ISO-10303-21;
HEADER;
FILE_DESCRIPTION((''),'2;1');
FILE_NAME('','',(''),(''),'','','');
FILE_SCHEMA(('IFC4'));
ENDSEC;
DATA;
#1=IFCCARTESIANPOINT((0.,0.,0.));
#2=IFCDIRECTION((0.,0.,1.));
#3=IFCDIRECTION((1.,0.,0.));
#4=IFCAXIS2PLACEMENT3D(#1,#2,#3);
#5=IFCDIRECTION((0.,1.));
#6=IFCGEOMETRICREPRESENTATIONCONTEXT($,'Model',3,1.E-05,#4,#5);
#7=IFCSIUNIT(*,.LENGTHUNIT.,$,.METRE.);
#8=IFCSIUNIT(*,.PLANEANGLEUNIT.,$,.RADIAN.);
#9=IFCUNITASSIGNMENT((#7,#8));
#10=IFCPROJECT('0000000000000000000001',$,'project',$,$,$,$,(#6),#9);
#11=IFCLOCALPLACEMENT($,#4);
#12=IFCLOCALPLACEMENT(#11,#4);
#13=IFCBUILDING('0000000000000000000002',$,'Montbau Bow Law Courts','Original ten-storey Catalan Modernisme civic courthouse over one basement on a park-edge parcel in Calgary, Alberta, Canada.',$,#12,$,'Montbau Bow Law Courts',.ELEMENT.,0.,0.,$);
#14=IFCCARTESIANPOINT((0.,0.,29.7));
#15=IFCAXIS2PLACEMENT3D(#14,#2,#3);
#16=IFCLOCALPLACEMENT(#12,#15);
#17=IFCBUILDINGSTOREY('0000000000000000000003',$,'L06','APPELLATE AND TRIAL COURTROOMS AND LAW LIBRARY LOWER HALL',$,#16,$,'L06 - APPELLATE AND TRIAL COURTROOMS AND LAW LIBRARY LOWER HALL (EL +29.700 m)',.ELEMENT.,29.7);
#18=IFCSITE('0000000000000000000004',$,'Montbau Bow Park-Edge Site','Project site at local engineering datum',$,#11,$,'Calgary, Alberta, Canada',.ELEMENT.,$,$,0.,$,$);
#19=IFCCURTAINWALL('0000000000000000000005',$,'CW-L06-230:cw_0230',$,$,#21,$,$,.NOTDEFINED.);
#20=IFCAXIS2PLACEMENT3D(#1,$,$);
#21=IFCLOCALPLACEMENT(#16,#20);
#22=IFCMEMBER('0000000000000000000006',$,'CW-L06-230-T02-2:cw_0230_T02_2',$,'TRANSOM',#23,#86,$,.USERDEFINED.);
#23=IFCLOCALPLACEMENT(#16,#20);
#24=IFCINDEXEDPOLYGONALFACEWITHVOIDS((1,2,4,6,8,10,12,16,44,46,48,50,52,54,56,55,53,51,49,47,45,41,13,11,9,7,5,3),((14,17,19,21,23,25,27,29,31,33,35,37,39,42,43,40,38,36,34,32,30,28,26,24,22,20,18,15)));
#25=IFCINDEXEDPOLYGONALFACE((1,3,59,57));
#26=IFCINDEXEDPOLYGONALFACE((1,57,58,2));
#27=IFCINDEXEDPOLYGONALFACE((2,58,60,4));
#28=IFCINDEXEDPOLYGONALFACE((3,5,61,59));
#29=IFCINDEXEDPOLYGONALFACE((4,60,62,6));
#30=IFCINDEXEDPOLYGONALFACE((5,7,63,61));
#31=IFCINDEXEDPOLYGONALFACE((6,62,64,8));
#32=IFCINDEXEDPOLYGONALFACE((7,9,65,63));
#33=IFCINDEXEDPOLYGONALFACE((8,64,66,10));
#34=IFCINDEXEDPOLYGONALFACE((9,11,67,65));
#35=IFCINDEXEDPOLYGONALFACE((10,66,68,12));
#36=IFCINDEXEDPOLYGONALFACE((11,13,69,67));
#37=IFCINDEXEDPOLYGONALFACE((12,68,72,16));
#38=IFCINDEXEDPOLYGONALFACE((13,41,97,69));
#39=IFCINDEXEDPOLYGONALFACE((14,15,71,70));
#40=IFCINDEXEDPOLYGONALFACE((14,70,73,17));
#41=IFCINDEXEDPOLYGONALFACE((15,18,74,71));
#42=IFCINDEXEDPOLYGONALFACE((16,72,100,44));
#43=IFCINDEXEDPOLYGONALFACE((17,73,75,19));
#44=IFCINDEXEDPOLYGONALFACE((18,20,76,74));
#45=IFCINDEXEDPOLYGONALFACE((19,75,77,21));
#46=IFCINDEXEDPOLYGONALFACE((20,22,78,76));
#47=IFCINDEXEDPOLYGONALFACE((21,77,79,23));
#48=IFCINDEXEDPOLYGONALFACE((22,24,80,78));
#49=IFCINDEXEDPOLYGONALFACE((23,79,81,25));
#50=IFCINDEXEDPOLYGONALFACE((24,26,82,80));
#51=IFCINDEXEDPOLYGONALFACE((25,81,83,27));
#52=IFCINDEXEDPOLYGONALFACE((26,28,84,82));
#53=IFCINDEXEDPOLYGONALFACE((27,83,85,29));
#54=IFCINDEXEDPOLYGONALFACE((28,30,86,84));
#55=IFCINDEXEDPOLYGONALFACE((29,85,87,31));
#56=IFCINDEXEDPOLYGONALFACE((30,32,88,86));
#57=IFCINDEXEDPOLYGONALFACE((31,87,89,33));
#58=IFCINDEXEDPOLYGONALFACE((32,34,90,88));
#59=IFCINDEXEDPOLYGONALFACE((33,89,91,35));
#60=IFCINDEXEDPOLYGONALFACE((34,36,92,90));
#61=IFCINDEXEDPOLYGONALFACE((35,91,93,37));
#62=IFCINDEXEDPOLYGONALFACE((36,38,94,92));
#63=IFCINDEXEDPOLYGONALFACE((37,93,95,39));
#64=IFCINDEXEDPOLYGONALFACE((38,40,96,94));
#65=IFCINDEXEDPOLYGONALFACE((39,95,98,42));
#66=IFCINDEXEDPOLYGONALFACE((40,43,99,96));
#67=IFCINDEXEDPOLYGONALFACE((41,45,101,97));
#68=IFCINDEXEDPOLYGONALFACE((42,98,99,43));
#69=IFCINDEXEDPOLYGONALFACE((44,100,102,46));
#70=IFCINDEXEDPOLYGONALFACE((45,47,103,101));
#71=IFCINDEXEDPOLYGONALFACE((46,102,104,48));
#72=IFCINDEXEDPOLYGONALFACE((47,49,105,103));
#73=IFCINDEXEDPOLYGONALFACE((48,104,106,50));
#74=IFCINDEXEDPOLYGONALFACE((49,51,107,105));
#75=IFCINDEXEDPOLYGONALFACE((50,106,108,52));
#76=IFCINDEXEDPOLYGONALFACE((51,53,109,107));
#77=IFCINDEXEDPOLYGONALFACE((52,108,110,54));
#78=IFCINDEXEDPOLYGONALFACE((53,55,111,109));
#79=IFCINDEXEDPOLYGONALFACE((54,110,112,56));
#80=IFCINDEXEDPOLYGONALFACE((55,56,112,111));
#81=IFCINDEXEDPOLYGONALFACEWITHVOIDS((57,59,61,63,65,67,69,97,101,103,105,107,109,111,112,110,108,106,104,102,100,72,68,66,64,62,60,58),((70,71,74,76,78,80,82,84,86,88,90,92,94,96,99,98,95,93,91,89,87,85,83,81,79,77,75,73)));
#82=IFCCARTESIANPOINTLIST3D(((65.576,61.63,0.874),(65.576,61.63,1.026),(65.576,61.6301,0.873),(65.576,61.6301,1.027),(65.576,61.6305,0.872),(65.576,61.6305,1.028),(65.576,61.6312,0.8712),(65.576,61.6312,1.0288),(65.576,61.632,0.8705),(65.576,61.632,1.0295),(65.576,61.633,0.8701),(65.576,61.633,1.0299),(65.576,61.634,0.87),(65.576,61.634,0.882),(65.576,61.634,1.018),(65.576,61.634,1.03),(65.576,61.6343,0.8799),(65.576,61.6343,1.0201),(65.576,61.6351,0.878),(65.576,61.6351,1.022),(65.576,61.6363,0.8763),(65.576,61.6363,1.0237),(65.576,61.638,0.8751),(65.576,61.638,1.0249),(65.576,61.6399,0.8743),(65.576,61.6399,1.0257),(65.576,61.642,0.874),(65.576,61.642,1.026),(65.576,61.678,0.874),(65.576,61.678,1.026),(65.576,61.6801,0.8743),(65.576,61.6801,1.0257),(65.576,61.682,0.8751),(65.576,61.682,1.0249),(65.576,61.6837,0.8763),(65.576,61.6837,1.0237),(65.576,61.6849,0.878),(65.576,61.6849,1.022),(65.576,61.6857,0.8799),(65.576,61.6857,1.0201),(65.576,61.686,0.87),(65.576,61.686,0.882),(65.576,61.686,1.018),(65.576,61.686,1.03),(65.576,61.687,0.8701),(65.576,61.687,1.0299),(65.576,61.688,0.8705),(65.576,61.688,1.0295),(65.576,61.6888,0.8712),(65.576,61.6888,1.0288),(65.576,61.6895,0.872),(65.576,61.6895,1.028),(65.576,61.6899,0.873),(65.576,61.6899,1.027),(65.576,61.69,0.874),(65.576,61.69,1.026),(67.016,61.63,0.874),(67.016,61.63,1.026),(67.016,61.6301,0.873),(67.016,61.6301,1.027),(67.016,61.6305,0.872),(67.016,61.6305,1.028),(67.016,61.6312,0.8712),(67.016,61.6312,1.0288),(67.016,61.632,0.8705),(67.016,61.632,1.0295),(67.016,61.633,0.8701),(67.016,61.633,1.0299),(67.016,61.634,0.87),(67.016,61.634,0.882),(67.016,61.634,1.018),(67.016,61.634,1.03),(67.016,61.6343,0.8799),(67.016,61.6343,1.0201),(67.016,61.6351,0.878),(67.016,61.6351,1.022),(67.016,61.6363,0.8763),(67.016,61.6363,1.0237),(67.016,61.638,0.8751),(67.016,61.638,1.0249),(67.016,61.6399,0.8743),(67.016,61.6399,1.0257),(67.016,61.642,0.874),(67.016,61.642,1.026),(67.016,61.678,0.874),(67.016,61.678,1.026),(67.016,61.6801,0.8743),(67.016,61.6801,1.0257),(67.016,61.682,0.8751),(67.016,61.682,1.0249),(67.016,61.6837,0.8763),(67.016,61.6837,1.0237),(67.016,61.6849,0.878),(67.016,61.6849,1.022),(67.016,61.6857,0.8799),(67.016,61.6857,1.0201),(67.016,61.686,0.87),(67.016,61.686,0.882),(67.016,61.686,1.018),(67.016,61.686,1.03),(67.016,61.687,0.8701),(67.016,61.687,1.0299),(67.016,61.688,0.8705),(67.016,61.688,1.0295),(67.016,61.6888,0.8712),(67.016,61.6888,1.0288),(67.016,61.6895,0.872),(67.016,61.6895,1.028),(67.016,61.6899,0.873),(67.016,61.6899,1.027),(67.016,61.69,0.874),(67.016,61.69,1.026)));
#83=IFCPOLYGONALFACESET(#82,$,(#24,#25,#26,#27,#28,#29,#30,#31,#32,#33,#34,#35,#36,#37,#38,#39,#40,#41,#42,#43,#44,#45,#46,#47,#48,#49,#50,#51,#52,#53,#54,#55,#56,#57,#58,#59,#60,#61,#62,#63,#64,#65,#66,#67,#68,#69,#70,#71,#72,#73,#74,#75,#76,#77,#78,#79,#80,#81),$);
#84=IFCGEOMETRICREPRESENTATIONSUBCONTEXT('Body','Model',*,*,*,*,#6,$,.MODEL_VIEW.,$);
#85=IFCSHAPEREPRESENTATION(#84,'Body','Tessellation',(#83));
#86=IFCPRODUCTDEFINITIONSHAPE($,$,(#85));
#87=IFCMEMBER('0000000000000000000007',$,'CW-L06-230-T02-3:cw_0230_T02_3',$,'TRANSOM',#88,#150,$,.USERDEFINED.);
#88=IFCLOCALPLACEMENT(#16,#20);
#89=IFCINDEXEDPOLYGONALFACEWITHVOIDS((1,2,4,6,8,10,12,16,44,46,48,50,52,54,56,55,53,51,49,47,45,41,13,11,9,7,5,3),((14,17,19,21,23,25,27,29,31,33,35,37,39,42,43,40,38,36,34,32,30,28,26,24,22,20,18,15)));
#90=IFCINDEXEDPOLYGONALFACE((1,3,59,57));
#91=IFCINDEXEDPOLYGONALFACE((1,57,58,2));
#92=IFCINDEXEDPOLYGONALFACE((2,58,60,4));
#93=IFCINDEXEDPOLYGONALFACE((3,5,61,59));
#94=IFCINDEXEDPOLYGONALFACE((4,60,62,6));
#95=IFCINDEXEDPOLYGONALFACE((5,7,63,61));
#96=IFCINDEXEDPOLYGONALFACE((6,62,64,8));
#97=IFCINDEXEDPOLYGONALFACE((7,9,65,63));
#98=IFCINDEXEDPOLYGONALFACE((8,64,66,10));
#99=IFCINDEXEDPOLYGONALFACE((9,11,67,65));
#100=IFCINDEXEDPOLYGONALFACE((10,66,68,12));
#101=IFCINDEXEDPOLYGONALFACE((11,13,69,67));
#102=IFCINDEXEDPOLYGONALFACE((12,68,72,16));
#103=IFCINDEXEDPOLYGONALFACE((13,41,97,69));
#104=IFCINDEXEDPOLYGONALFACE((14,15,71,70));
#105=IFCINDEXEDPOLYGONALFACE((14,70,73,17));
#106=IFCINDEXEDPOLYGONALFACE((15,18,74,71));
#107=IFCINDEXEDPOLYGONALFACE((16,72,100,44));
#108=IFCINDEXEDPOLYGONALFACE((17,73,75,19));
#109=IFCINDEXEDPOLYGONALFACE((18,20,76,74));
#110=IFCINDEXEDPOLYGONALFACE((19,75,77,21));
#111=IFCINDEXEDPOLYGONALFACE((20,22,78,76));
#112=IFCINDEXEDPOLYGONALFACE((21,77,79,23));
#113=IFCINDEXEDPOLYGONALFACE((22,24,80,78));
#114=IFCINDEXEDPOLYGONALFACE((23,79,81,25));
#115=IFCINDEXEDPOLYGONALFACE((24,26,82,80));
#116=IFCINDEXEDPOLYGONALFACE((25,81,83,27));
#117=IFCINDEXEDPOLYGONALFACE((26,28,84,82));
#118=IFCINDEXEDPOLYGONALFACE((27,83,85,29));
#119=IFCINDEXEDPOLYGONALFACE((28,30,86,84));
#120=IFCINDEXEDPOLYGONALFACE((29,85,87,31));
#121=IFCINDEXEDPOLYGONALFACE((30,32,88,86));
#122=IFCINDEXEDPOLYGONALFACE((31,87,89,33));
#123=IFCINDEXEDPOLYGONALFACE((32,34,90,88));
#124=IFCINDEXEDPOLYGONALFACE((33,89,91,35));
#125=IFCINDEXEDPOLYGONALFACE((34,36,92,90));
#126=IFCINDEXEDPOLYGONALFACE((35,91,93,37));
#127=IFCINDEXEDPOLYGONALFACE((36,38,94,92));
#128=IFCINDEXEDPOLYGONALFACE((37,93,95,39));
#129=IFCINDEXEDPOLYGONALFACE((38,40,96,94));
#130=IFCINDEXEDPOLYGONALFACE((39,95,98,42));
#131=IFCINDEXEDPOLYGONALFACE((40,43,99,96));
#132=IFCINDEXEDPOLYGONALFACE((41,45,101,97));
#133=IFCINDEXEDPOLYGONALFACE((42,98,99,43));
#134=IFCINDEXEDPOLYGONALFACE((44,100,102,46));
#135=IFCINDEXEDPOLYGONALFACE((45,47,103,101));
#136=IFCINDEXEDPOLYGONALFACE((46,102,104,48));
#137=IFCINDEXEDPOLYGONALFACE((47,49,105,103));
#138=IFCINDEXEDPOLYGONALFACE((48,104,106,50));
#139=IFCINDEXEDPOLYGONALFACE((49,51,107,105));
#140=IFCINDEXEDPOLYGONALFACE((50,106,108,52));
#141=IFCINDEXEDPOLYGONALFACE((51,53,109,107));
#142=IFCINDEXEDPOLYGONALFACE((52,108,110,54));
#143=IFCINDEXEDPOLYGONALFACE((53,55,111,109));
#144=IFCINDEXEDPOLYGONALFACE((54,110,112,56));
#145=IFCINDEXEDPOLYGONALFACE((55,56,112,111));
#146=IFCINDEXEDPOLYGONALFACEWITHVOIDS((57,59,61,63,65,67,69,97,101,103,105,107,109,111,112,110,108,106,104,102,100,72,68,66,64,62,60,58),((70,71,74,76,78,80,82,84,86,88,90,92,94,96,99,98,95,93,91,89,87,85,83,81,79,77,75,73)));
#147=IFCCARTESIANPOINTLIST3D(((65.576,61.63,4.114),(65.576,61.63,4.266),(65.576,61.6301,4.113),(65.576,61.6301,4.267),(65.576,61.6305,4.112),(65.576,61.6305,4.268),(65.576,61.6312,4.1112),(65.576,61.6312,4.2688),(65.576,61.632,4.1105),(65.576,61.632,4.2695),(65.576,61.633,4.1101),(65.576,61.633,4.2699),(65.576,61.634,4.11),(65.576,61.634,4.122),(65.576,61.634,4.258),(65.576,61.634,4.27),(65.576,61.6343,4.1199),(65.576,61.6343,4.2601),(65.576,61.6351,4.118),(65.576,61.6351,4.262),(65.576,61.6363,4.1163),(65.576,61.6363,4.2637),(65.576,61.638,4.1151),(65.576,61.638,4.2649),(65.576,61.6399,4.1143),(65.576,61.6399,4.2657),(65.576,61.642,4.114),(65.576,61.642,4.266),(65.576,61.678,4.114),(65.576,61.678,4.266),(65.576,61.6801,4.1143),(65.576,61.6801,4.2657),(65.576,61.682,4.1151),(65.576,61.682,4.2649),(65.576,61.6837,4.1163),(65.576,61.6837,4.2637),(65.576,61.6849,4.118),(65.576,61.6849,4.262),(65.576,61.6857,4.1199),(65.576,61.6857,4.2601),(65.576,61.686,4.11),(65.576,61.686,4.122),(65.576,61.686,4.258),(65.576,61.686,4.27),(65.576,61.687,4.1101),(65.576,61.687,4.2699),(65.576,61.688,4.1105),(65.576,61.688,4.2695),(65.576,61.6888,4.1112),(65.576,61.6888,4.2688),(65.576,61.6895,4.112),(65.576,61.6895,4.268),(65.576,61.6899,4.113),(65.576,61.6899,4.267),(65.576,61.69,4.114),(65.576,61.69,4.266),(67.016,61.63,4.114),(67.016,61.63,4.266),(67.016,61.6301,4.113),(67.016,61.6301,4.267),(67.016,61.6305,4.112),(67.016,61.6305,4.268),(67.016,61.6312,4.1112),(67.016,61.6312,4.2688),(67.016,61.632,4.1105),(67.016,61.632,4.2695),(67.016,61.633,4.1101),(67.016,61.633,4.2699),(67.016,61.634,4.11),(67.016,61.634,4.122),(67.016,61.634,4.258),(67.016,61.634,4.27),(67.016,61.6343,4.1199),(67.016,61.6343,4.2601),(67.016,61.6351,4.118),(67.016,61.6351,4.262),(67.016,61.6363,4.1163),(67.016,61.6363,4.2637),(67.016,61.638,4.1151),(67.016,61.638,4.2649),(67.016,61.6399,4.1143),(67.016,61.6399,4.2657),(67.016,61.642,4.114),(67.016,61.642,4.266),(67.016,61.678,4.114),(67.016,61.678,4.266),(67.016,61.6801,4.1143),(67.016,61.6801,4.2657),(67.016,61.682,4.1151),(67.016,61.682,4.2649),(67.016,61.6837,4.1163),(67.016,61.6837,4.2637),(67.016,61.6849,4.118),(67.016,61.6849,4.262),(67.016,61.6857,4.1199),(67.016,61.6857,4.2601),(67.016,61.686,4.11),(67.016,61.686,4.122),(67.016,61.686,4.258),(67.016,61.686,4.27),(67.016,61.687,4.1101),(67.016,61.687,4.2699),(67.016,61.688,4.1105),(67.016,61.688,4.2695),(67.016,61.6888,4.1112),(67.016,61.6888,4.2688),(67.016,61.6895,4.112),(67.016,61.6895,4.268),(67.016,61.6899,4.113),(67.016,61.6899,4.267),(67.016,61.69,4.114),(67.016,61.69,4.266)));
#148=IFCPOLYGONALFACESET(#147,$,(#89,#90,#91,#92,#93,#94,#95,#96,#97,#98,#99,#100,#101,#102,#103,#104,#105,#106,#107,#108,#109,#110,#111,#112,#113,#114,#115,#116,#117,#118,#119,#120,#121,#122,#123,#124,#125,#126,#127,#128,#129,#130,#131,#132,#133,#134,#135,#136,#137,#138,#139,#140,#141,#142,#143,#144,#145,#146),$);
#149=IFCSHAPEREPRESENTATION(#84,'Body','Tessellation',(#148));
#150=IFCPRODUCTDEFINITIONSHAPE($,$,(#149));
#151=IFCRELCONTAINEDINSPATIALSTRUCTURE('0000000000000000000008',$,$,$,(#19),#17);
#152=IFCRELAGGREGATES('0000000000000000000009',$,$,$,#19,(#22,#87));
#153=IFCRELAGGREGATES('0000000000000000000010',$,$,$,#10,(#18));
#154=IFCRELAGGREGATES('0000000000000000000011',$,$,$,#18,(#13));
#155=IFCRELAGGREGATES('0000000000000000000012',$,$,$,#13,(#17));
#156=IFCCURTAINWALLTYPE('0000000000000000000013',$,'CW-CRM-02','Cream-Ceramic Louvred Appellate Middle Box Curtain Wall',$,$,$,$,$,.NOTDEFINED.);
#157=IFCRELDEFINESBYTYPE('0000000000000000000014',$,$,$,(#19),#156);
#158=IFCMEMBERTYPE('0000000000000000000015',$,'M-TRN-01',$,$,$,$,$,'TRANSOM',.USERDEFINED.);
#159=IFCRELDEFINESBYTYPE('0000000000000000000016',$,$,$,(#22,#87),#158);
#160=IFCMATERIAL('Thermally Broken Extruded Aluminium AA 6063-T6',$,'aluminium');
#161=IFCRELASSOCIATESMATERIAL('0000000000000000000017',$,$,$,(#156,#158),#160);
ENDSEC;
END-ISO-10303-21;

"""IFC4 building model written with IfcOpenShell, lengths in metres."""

from ifc_helpers import new_model, si_unit, direction, frame, origin_with_axes, origin_2d_with_axis, place, context, subcontext, project, spatial, hollow_rectangle, extrude, material, material_profile, profile_set, type_object, element, aggregate, save


model = new_model("IFC4")

# Units and contexts
model_context = context("Model", 3, precision=1e-05, world=origin_with_axes(), true_north=direction((0.0, 1.0)))
body_context = subcontext(model_context, "Body", "Model", "MODEL_VIEW")
ifc_project = project(units=[si_unit("LENGTHUNIT", "METRE"), si_unit("PLANEANGLEUNIT", "RADIAN")], contexts=[model_context])

# Site, building, storey
site_placement = place(None, origin_with_axes())
site = spatial("IfcSite", under=ifc_project, at=site_placement, Name="Montbau Bow Park-Edge Site", Description="Project site at local engineering datum", LongName="Calgary, Alberta, Canada", CompositionType="ELEMENT", RefElevation=0.0)
building_placement = place(site_placement, origin_with_axes())
building = spatial("IfcBuilding", under=site, at=building_placement, Name="Montbau Bow Law Courts", Description="Original ten-storey Catalan Modernisme civic courthouse over one basement on a park-edge parcel in Calgary, Alberta, Canada.", LongName="Montbau Bow Law Courts", CompositionType="ELEMENT", ElevationOfRefHeight=0.0, ElevationOfTerrain=0.0)
storey_placement = place(building_placement, frame((0.0, 0.0, 29.7), z_axis=(0.0, 0.0, 1.0), x_axis=(1.0, 0.0, 0.0)))
storey = spatial("IfcBuildingStorey", under=building, at=storey_placement, Name="L06", Description="APPELLATE AND TRIAL COURTROOMS AND LAW LIBRARY LOWER HALL", LongName="L06 - APPELLATE AND TRIAL COURTROOMS AND LAW LIBRARY LOWER HALL (EL +29.700 m)", CompositionType="ELEMENT", Elevation=29.7)

# Shared definitions
ifc_material_1 = material(Name="Thermally Broken Extruded Aluminium AA 6063-T6", Category="aluminium")
curtain_wall_type = type_object("IfcCurtainWallType", Name="CW-CRM-02", Description="Cream-Ceramic Louvred Appellate Middle Box Curtain Wall", PredefinedType="NOTDEFINED", material=ifc_material_1)

# Curtain wall, members
curtain_wall_1_placement = place(None, frame((64.04, 61.66, 29.7), z_axis=(0.0, 0.0, 1.0), x_axis=(1.0, 0.0, 0.0)))
curtain_wall_1 = element("IfcCurtainWall", 1, at=curtain_wall_1_placement, inside=storey, type_object=curtain_wall_type, Name="CW-L06-230:cw_0230", PredefinedType="NOTDEFINED")
ifc_material_profile_1 = material_profile(ifc_material_1, hollow_rectangle(XDim=0.06, YDim=0.16, WallThickness=0.004, InnerFilletRadius=0.008, OuterFilletRadius=0.004, at=origin_2d_with_axis()), Name="CWT-160X60", Category="Main", Priority=0)
ifc_profile_set_1 = profile_set([ifc_material_profile_1], Name="Thermally Broken Extruded Aluminium AA 6063-T6")
member_type_1 = type_object("IfcMemberType", Name="M-TRN-01", ElementType="TRANSOM", PredefinedType="USERDEFINED", material=ifc_profile_set_1)
member_1_placement = place(None, frame((65.576, 61.66, 30.65), z_axis=(1.0, 0.0, 0.0), x_axis=(0.0, 1.0, 0.0)))
member_1 = element("IfcMember", 2, at=member_1_placement, type_object=member_type_1, Name="CW-L06-230-T02-2:cw_0230_T02_2", ObjectType="TRANSOM", PredefinedType="USERDEFINED", context=body_context, shape_type="SweptSolid", body=[
    extrude(hollow_rectangle(XDim=0.06, YDim=0.16, WallThickness=0.004, InnerFilletRadius=0.008, OuterFilletRadius=0.004, at=origin_2d_with_axis()), origin_with_axes(), (0.0, 0.0, 1.0), 1.44),
])
member_2_placement = place(None, frame((65.576, 61.66, 33.89), z_axis=(1.0, 0.0, 0.0), x_axis=(0.0, 1.0, 0.0)))
member_2 = element("IfcMember", 3, at=member_2_placement, type_object=member_type_1, Name="CW-L06-230-T02-3:cw_0230_T02_3", ObjectType="TRANSOM", PredefinedType="USERDEFINED", context=body_context, shape_type="SweptSolid", body=[
    extrude(hollow_rectangle(XDim=0.06, YDim=0.16, WallThickness=0.004, InnerFilletRadius=0.008, OuterFilletRadius=0.004, at=origin_2d_with_axis()), origin_with_axes(), (0.0, 0.0, 1.0), 1.44),
])
aggregate(curtain_wall_1, [member_1, member_2])

save(model, "model.ifc")
